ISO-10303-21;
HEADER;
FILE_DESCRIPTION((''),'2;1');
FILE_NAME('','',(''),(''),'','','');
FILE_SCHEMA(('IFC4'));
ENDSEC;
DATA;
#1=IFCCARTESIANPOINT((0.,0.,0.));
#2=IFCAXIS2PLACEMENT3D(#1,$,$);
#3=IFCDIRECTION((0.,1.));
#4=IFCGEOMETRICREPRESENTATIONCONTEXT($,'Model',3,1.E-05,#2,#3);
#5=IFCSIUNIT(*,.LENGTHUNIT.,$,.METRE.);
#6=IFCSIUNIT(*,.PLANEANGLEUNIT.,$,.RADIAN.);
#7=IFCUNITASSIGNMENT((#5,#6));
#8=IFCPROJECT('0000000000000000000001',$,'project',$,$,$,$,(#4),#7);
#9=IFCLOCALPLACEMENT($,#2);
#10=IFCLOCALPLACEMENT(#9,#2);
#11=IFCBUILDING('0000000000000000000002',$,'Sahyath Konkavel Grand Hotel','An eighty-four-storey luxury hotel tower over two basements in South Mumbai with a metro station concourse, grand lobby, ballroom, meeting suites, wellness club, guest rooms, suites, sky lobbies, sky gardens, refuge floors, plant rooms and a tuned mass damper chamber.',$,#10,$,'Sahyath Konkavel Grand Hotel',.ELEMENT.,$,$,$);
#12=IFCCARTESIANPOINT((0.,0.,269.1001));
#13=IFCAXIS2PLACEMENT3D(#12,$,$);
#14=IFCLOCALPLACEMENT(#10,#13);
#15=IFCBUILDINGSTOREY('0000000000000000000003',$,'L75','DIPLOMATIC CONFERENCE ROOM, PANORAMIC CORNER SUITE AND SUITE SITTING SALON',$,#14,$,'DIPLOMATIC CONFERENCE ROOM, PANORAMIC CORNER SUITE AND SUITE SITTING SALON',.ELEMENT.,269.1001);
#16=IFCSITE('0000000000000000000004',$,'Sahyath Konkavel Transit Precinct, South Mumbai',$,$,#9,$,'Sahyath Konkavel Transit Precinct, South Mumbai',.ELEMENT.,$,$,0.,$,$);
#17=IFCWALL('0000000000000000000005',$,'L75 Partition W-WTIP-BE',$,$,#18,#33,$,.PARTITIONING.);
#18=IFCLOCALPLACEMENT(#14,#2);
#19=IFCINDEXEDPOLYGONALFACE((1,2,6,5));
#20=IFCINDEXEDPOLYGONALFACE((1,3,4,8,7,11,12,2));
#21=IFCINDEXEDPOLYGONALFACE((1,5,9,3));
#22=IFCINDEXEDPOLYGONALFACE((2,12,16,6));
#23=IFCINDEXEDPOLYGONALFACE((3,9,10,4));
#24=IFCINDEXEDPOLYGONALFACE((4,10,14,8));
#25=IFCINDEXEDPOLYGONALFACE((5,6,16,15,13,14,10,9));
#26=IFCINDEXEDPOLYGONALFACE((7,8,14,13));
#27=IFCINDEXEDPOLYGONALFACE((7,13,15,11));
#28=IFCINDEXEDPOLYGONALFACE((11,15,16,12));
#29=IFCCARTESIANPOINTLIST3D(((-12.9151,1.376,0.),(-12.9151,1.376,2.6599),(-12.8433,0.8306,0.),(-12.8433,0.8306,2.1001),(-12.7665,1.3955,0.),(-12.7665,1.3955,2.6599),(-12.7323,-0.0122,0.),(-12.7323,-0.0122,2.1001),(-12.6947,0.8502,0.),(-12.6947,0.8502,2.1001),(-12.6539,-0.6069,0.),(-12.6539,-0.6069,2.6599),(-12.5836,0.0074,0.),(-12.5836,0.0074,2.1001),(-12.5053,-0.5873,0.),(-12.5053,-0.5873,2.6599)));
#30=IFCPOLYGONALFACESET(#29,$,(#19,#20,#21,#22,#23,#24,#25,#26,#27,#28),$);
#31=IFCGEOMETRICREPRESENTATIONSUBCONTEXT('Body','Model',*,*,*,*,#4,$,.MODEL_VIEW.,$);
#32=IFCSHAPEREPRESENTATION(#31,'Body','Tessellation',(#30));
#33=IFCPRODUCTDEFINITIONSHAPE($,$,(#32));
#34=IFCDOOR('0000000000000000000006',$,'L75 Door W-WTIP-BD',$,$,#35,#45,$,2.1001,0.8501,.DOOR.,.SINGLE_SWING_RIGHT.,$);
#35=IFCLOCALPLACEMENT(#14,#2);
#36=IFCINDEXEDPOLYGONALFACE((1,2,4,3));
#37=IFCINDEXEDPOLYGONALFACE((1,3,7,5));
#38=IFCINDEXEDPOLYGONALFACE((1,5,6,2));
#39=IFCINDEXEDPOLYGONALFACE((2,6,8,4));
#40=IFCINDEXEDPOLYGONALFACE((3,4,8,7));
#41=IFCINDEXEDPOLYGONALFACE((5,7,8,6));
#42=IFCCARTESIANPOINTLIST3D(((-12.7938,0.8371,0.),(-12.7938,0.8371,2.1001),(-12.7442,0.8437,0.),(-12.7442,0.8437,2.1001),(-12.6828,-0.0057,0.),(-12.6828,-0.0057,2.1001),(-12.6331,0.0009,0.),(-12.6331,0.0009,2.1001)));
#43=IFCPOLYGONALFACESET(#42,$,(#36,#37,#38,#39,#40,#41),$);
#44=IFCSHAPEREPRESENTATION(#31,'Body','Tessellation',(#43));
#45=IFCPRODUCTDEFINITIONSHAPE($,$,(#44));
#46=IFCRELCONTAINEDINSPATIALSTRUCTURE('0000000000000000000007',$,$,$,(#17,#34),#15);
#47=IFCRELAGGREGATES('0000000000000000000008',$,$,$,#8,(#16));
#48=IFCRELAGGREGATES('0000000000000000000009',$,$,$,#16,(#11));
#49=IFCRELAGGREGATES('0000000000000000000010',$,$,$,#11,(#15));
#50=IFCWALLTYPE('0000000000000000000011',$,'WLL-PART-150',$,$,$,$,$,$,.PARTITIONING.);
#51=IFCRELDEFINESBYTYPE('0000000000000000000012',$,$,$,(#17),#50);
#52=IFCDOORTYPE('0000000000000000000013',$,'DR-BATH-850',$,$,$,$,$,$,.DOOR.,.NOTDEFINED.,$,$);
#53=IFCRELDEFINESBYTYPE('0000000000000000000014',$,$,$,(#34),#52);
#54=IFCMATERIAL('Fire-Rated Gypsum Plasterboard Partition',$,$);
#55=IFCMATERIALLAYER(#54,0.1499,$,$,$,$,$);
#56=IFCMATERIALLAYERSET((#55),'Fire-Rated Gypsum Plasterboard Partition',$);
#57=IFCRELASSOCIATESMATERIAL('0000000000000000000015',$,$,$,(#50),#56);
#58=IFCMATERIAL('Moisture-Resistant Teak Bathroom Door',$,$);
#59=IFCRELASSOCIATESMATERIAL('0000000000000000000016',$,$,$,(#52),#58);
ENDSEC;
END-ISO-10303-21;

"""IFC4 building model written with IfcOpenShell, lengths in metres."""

from ifc_helpers import new_model, si_unit, direction, frame, frame_2d, origin, origin_2d, place, context, subcontext, project, spatial, rectangle, extrude, source, transform, mapped, material, layer, layer_set, type_object, element, fill, save


model = new_model("IFC4")

# Units and contexts
model_context = context("Model", 3, precision=1e-05, world=origin(), true_north=direction((0.0, 1.0)))
body_context = subcontext(model_context, "Body", "Model", "MODEL_VIEW")
ifc_project = project(units=[si_unit("LENGTHUNIT", "METRE"), si_unit("PLANEANGLEUNIT", "RADIAN")], contexts=[model_context])

# Site, building, storey
site_placement = place(None, origin())
site = spatial("IfcSite", under=ifc_project, at=site_placement, Name="Sahyath Konkavel Transit Precinct, South Mumbai", LongName="Sahyath Konkavel Transit Precinct, South Mumbai", CompositionType="ELEMENT", RefElevation=0.0)
building_placement = place(site_placement, origin())
building = spatial("IfcBuilding", under=site, at=building_placement, Name="Sahyath Konkavel Grand Hotel", Description="An eighty-four-storey luxury hotel tower over two basements in South Mumbai with a metro station concourse, grand lobby, ballroom, meeting suites, wellness club, guest rooms, suites, sky lobbies, sky gardens, refuge floors, plant rooms and a tuned mass damper chamber.", LongName="Sahyath Konkavel Grand Hotel", CompositionType="ELEMENT")
storey_placement = place(building_placement, frame((0.0, 0.0, 269.1001)))
storey = spatial("IfcBuildingStorey", under=building, at=storey_placement, Name="L75", Description="DIPLOMATIC CONFERENCE ROOM, PANORAMIC CORNER SUITE AND SUITE SITTING SALON", LongName="DIPLOMATIC CONFERENCE ROOM, PANORAMIC CORNER SUITE AND SUITE SITTING SALON", CompositionType="ELEMENT", Elevation=269.1001)

# Shared definitions
ifc_material_1 = material(Name="Fire-Rated Gypsum Plasterboard Partition")
ifc_layer_1 = layer(ifc_material_1, 0.1499)
ifc_layer_set_1 = layer_set([ifc_layer_1], Name="Fire-Rated Gypsum Plasterboard Partition")
wall_type_1 = type_object("IfcWallType", Name="WLL-PART-150", PredefinedType="PARTITIONING", material=ifc_layer_set_1)
shared_shape_1 = source(origin(), body_context, "Body", "SweptSolid", [
    extrude(rectangle(XDim=0.8501, YDim=0.05, at=origin_2d()), origin(), (0.0, 0.0, 1.0), 2.1001),
])

# Wall, opening, door
wall_1_placement = place(storey_placement, frame((-12.8408, 1.3857, 0.0), z_axis=(0.0, 0.0, 1.0), x_axis=(0.130612, -0.991434, 0.0)))
wall_1 = element("IfcWall", 1, at=wall_1_placement, inside=storey, type_object=wall_type_1, Name="L75 Partition W-WTIP-BE", PredefinedType="PARTITIONING", context=body_context, shape_type="SweptSolid", body=[
    extrude(rectangle(XDim=2.0, YDim=0.1499, at=frame_2d((1.0, 0.0))), origin(), (0.0, 0.0, 1.0), 2.6599),
])
opening_1_placement = place(wall_1_placement, frame((0.55, 0.0, 0.0)))
opening_1 = element("IfcOpeningElement", 2, at=opening_1_placement, cuts=wall_1, PredefinedType="OPENING", context=body_context, shape_type="SweptSolid", body=[
    extrude(rectangle(XDim=0.8501, YDim=2.1001, at=frame_2d((0.425, 1.05))), frame((0.0, 0.085, 0.0), z_axis=(0.0, -1.0, 0.0), x_axis=(1.0, 0.0, 0.0)), (0.0, 0.0, 1.0), 0.1699),
])
ifc_material_2 = material(Name="Moisture-Resistant Teak Bathroom Door")
door_type_1 = type_object("IfcDoorType", Name="DR-BATH-850", OperationType="NOTDEFINED", PredefinedType="DOOR", material=ifc_material_2)
door_1_placement = place(opening_1_placement, frame((0.425, 0.0, 0.0)))
door_1 = element("IfcDoor", 3, at=door_1_placement, inside=storey, type_object=door_type_1, Name="L75 Door W-WTIP-BD", OperationType="SINGLE_SWING_RIGHT", OverallHeight=2.1001, OverallWidth=0.8501, PredefinedType="DOOR", context=body_context, shape_type="MappedRepresentation", body=[
    mapped(shared_shape_1, transform((0.0, 0.0, 0.0), scale=1.0)),
])
fill(opening_1, door_1)

save(model, "model.ifc")
